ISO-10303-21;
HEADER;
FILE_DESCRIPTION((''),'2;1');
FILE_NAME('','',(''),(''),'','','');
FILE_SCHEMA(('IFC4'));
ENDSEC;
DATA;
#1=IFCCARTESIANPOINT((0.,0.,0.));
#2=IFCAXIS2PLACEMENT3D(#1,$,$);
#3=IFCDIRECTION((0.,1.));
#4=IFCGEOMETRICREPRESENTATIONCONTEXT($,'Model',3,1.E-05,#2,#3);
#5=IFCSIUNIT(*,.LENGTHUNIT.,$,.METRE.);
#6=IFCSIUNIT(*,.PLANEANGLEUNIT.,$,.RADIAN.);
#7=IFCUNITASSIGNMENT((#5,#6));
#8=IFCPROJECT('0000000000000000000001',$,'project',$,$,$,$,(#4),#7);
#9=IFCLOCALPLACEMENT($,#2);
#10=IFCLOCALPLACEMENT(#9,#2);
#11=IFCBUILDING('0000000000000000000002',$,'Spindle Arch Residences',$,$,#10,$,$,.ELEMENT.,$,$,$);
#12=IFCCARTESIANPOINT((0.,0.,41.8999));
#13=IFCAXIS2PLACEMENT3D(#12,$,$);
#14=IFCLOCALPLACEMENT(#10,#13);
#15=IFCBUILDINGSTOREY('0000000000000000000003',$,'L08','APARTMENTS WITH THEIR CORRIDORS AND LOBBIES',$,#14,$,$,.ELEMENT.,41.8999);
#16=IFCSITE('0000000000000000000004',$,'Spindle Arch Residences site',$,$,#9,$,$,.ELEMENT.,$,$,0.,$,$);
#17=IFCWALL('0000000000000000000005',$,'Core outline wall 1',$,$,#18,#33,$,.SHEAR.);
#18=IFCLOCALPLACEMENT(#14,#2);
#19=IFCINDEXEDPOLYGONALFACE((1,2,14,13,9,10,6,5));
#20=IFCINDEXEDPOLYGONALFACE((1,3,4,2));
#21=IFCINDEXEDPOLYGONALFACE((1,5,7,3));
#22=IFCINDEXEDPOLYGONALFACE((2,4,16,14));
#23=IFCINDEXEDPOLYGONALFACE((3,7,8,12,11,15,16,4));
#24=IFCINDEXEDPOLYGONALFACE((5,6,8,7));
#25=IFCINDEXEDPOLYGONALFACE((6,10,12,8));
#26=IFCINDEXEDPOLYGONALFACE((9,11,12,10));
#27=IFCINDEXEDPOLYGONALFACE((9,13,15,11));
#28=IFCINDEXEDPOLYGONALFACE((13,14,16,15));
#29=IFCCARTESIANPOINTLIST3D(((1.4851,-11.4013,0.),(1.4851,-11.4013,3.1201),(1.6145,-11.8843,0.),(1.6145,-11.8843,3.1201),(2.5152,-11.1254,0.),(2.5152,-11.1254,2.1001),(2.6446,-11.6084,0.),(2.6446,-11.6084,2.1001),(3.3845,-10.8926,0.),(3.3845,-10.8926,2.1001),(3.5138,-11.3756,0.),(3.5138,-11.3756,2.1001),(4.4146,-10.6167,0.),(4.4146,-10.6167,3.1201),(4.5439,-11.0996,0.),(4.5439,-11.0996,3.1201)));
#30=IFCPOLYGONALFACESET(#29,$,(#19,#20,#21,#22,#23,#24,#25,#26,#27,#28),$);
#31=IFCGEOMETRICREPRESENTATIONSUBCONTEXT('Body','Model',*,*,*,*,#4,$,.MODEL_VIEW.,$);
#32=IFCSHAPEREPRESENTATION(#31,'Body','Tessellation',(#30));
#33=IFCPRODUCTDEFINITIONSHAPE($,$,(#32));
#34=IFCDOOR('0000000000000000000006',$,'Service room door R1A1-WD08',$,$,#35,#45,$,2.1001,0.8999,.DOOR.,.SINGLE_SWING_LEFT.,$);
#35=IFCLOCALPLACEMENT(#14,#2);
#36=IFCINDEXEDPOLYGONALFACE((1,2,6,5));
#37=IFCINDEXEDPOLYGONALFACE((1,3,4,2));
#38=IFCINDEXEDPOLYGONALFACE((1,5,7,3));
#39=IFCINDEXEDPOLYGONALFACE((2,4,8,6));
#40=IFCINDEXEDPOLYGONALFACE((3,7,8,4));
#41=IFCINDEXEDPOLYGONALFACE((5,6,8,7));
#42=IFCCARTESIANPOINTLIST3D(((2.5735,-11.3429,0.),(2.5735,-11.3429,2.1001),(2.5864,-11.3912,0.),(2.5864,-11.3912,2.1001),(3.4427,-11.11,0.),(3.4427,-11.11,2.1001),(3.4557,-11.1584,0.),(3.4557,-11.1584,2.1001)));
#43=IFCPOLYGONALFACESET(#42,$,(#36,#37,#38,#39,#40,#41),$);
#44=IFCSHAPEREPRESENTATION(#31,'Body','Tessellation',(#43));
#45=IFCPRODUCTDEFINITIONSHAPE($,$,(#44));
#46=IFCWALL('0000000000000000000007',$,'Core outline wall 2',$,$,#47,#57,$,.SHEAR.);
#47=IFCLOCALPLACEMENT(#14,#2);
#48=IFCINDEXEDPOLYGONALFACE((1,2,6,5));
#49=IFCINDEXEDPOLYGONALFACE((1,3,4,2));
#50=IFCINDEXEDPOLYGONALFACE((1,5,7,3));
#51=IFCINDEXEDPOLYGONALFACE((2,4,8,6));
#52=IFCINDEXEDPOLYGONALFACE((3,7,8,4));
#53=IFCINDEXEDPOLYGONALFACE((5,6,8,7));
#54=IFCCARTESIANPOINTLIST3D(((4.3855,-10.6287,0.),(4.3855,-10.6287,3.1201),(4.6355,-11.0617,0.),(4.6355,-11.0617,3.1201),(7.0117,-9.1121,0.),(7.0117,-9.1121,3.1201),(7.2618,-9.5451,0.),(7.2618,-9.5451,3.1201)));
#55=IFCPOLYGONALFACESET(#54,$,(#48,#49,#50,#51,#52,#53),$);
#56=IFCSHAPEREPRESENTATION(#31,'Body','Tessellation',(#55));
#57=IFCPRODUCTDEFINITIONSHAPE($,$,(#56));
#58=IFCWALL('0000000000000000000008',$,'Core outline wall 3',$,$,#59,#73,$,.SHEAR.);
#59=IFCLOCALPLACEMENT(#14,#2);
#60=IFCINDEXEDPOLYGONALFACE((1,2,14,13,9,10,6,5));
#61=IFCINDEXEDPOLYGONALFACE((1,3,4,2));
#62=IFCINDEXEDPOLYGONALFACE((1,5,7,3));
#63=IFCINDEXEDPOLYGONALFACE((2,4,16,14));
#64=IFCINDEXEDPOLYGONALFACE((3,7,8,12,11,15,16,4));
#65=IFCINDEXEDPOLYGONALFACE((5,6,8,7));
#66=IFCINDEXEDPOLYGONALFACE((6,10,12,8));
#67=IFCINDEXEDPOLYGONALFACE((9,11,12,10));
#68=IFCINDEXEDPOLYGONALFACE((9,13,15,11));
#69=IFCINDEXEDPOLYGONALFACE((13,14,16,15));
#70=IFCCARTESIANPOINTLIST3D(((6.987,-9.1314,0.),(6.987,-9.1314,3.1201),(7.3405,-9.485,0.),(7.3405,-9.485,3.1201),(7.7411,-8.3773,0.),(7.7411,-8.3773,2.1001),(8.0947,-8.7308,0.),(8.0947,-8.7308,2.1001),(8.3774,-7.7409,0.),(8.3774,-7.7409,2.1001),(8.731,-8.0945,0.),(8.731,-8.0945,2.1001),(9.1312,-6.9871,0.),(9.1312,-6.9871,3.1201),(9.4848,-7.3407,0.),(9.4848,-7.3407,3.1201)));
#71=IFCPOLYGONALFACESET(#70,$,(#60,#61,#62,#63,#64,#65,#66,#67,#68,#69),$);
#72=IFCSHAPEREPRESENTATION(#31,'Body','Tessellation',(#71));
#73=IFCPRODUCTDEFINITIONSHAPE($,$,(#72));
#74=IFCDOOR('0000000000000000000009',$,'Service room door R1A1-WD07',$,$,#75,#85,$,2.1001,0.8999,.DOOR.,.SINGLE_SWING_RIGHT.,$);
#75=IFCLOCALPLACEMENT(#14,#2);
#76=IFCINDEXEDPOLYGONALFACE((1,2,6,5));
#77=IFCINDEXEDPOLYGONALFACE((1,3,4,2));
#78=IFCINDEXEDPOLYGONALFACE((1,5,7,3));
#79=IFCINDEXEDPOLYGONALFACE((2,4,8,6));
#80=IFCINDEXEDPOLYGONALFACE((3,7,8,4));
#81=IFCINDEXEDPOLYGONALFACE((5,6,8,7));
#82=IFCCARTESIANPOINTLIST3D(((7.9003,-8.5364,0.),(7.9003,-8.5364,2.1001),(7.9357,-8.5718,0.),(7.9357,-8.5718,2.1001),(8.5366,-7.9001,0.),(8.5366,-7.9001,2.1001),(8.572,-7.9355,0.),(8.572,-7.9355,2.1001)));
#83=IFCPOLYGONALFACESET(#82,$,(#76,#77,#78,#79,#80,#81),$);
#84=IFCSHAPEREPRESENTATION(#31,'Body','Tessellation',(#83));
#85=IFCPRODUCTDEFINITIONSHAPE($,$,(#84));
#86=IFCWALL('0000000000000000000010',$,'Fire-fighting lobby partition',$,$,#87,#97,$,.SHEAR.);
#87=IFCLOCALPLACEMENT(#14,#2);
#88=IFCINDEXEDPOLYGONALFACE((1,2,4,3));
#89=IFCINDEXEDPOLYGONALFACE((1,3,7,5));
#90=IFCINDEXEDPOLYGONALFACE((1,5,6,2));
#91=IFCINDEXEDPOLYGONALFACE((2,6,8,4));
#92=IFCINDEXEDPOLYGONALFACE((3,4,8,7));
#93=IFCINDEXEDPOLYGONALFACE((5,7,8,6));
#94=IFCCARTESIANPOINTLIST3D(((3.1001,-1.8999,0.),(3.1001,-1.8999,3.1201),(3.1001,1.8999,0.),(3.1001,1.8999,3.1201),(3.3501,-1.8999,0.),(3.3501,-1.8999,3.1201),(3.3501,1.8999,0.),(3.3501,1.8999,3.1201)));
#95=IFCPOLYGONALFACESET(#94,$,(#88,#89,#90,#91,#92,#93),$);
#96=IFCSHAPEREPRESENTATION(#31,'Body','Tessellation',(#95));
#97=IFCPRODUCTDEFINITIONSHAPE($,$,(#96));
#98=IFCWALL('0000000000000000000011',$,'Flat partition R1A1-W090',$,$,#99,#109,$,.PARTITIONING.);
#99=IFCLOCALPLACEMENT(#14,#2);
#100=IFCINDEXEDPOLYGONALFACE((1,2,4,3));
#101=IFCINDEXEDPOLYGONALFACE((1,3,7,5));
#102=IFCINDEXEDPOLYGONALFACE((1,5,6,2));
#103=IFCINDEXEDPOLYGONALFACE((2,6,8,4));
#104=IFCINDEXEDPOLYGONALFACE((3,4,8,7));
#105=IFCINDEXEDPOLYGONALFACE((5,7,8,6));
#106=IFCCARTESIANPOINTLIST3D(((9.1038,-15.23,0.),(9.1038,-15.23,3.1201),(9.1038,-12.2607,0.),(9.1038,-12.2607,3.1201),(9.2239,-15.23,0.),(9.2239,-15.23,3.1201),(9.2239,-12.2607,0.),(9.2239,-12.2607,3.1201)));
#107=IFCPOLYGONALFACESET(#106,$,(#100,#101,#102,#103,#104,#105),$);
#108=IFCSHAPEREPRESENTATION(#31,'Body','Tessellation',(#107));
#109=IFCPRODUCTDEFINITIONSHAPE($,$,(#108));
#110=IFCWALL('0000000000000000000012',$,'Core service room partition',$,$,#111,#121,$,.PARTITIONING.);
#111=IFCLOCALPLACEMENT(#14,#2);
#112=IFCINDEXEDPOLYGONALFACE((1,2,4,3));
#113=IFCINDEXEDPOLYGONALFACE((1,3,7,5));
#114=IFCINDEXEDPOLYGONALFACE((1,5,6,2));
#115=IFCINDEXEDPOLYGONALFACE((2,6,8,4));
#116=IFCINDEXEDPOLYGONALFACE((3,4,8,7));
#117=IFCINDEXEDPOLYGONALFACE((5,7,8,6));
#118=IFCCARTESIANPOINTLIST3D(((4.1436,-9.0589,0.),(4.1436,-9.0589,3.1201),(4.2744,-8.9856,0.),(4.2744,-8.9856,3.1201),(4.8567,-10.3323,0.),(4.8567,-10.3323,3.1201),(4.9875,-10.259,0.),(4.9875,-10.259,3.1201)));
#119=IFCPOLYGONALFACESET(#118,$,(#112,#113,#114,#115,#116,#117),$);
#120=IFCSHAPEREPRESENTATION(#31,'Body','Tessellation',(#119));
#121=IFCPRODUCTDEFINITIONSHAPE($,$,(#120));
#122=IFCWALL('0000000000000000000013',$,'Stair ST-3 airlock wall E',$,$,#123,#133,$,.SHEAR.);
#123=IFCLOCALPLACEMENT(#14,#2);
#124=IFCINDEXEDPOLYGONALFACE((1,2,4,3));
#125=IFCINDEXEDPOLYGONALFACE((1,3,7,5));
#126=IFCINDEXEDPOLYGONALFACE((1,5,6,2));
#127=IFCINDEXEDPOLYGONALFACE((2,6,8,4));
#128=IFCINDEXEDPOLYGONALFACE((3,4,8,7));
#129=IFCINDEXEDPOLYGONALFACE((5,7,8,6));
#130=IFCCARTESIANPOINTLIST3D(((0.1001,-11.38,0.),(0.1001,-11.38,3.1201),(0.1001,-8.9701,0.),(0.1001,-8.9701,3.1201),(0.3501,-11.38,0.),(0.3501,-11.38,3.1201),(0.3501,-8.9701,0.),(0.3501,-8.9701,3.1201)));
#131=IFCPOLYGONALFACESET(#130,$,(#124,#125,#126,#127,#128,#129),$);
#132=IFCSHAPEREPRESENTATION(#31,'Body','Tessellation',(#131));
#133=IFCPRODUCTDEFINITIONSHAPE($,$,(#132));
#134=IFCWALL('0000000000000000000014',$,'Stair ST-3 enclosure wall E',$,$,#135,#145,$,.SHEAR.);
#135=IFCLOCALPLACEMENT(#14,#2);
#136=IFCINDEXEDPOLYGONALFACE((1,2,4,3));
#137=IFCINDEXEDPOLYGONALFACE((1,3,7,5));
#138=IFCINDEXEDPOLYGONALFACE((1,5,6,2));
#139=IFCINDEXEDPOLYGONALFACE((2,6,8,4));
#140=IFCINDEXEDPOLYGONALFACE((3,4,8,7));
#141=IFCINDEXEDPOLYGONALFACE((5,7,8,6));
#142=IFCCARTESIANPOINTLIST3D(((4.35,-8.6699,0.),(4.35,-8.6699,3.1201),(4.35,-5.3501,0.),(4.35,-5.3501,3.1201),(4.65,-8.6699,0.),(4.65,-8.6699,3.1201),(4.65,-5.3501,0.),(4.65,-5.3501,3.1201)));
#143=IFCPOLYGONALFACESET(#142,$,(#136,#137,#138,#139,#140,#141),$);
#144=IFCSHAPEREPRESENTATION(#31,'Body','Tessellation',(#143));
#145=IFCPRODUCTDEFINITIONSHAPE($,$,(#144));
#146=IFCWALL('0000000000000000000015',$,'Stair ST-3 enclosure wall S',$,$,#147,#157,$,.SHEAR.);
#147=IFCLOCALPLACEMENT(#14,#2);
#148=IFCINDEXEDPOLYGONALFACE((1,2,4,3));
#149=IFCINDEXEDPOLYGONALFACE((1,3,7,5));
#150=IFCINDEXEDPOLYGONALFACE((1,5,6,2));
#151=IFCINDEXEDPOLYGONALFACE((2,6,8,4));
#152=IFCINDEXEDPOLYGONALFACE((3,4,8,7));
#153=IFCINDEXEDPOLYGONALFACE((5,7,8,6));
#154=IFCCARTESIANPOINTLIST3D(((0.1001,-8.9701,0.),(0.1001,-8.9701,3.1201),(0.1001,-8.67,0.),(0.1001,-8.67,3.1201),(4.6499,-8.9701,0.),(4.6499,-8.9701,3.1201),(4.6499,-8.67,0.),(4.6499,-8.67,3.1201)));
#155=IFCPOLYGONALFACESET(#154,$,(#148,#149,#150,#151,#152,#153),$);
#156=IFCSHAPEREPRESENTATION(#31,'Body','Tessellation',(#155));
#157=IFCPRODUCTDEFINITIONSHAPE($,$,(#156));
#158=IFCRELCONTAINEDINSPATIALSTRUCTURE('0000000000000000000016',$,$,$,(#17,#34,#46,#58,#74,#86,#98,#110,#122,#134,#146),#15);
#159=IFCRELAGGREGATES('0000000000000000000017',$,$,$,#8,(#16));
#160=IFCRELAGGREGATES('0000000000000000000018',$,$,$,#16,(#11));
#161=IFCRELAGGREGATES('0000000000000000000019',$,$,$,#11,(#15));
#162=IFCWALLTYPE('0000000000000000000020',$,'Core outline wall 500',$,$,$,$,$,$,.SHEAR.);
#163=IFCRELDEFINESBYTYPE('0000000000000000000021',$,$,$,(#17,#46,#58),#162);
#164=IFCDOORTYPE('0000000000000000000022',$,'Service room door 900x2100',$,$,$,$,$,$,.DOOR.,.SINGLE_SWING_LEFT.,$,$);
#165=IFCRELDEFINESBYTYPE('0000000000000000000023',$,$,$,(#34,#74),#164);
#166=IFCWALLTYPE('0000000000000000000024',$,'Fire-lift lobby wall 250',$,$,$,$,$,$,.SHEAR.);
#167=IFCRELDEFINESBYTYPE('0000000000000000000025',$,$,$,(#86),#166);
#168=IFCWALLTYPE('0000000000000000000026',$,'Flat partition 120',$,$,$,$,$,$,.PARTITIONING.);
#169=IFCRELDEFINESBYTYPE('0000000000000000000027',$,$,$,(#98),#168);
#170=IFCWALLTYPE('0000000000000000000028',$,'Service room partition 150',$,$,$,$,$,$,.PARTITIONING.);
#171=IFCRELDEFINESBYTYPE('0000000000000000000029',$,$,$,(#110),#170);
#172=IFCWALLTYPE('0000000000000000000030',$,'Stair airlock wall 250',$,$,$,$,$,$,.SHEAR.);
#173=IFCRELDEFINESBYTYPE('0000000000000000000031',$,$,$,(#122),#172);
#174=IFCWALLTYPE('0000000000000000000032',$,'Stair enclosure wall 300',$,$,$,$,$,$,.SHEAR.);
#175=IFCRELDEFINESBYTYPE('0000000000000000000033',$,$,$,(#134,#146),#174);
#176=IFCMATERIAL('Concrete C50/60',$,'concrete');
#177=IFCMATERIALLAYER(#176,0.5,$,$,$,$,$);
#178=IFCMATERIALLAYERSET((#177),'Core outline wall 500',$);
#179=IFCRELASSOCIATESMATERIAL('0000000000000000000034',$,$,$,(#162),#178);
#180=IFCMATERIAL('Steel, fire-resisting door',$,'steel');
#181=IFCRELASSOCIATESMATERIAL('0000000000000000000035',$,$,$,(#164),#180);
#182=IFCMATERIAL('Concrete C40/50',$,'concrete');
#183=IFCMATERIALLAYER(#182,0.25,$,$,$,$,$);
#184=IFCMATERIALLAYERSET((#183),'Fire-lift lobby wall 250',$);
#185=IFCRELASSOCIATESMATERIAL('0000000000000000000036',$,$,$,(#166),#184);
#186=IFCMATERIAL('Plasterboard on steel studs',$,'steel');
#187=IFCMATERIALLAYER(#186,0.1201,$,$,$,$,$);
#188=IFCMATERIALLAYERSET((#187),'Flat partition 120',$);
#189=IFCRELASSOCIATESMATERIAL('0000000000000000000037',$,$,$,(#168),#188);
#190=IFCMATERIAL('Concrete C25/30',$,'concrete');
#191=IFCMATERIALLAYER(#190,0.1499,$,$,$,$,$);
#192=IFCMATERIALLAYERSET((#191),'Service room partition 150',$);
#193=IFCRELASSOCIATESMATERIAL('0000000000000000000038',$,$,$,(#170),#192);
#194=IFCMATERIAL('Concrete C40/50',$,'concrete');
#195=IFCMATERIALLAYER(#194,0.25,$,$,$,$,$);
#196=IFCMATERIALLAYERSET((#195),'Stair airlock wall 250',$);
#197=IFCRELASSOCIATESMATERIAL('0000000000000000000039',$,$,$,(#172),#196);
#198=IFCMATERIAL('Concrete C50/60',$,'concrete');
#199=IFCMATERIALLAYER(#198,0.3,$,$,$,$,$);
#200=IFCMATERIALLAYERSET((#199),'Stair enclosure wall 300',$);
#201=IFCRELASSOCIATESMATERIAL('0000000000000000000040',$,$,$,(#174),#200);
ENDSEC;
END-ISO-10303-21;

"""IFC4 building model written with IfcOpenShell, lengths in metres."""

from ifc_helpers import new_model, si_unit, direction, frame, frame_2d, origin, place, context, subcontext, project, spatial, rectangle, extrude, material, layer, layer_set, type_object, element, fill, save


model = new_model("IFC4")

# Units and contexts
model_context = context("Model", 3, precision=1e-05, world=origin(), true_north=direction((0.0, 1.0)))
body_context = subcontext(model_context, "Body", "Model", "MODEL_VIEW")
ifc_project = project(units=[si_unit("LENGTHUNIT", "METRE"), si_unit("PLANEANGLEUNIT", "RADIAN")], contexts=[model_context])

# Site, building, storey
site_placement = place(None, origin())
site = spatial("IfcSite", under=ifc_project, at=site_placement, Name="Spindle Arch Residences site", CompositionType="ELEMENT", RefElevation=0.0)
building_placement = place(site_placement, origin())
building = spatial("IfcBuilding", under=site, at=building_placement, Name="Spindle Arch Residences", CompositionType="ELEMENT")
storey_placement = place(building_placement, frame((0.0, 0.0, 41.8999)))
storey = spatial("IfcBuildingStorey", under=building, at=storey_placement, Name="L08", Description="APARTMENTS WITH THEIR CORRIDORS AND LOBBIES", CompositionType="ELEMENT", Elevation=41.8999)

# Wall, opening, door
ifc_material_1 = material(Name="Concrete C50/60", Category="concrete")
ifc_layer_1 = layer(ifc_material_1, 0.5)
ifc_layer_set_1 = layer_set([ifc_layer_1], Name="Core outline wall 500")
wall_type_1 = type_object("IfcWallType", Name="Core outline wall 500", PredefinedType="SHEAR", material=ifc_layer_set_1)
wall_1_placement = place(storey_placement, frame((1.5498, -11.6428, 0.0), z_axis=(0.0, 0.0, 1.0), x_axis=(0.965948, 0.258735, 0.0)))
wall_1 = element("IfcWall", 1, at=wall_1_placement, inside=storey, type_object=wall_type_1, Name="Core outline wall 1", PredefinedType="SHEAR", context=body_context, shape_type="SweptSolid", body=[
    extrude(rectangle(XDim=3.0327, YDim=0.5, at=frame_2d((1.5164, 0.0))), origin(), (0.0, 0.0, 1.0), 3.1201),
])
opening_1_placement = place(wall_1_placement, frame((1.0664, 0.0, 0.0)))
opening_1 = element("IfcOpeningElement", 2, at=opening_1_placement, cuts=wall_1, PredefinedType="OPENING", context=body_context, shape_type="SweptSolid", body=[
    extrude(rectangle(XDim=0.8999, YDim=2.1001, at=frame_2d((0.45, 1.05))), frame((0.0, 0.26, 0.0), z_axis=(0.0, -1.0, 0.0), x_axis=(1.0, 0.0, 0.0)), (0.0, 0.0, 1.0), 0.52),
])
ifc_material_2 = material(Name="Steel, fire-resisting door", Category="steel")
door_type_1 = type_object("IfcDoorType", Name="Service room door 900x2100", OperationType="SINGLE_SWING_LEFT", PredefinedType="DOOR", material=ifc_material_2)
door_1_placement = place(opening_1_placement, origin())
door_1 = element("IfcDoor", 3, at=door_1_placement, inside=storey, type_object=door_type_1, Name="Service room door R1A1-WD08", OperationType="SINGLE_SWING_LEFT", OverallHeight=2.1001, OverallWidth=0.8999, PredefinedType="DOOR", context=body_context, shape_type="SweptSolid", body=[
    extrude(rectangle(XDim=0.8999, YDim=2.1001, at=frame_2d((0.45, 1.05))), frame((0.0, 0.0249, 0.0), z_axis=(0.0, -1.0, 0.0), x_axis=(1.0, 0.0, 0.0)), (0.0, 0.0, 1.0), 0.05),
])
fill(opening_1, door_1)

# Wall
wall_2_placement = place(storey_placement, frame((4.5105, -10.8452, 0.0), z_axis=(0.0, 0.0, 1.0), x_axis=(0.865975, 0.500087, 0.0)))
element("IfcWall", 4, at=wall_2_placement, inside=storey, type_object=wall_type_1, Name="Core outline wall 2", PredefinedType="SHEAR", context=body_context, shape_type="SweptSolid", body=[
    extrude(rectangle(XDim=3.0327, YDim=0.5, at=frame_2d((1.5164, 0.0))), origin(), (0.0, 0.0, 1.0), 3.1201),
])

# Wall, opening, door
wall_3_placement = place(storey_placement, frame((7.1638, -9.3081, 0.0), z_axis=(0.0, 0.0, 1.0), x_axis=(0.707107, 0.707107, 0.0)))
wall_3 = element("IfcWall", 5, at=wall_3_placement, inside=storey, type_object=wall_type_1, Name="Core outline wall 3", PredefinedType="SHEAR", context=body_context, shape_type="SweptSolid", body=[
    extrude(rectangle(XDim=3.0325, YDim=0.5, at=frame_2d((1.5161, 0.0))), origin(), (0.0, 0.0, 1.0), 3.1201),
])
opening_2_placement = place(wall_3_placement, frame((1.0664, 0.0, 0.0)))
opening_2 = element("IfcOpeningElement", 6, at=opening_2_placement, cuts=wall_3, PredefinedType="OPENING", context=body_context, shape_type="SweptSolid", body=[
    extrude(rectangle(XDim=0.8999, YDim=2.1001, at=frame_2d((0.45, 1.05))), frame((0.0, 0.26, 0.0), z_axis=(0.0, -1.0, 0.0), x_axis=(1.0, 0.0, 0.0)), (0.0, 0.0, 1.0), 0.52),
])
door_2_placement = place(opening_2_placement, origin())
door_2 = element("IfcDoor", 7, at=door_2_placement, inside=storey, type_object=door_type_1, Name="Service room door R1A1-WD07", OperationType="SINGLE_SWING_RIGHT", OverallHeight=2.1001, OverallWidth=0.8999, PredefinedType="DOOR", context=body_context, shape_type="SweptSolid", body=[
    extrude(rectangle(XDim=0.8999, YDim=2.1001, at=frame_2d((0.45, 1.05))), frame((0.0, 0.0249, 0.0), z_axis=(0.0, -1.0, 0.0), x_axis=(1.0, 0.0, 0.0)), (0.0, 0.0, 1.0), 0.05),
])
fill(opening_2, door_2)

# Wall
ifc_material_3 = material(Name="Concrete C40/50", Category="concrete")
ifc_layer_2 = layer(ifc_material_3, 0.25)
ifc_layer_set_2 = layer_set([ifc_layer_2], Name="Fire-lift lobby wall 250")
wall_type_2 = type_object("IfcWallType", Name="Fire-lift lobby wall 250", PredefinedType="SHEAR", material=ifc_layer_set_2)
wall_4_placement = place(storey_placement, frame((3.2251, -1.8999, 0.0), z_axis=(0.0, 0.0, 1.0), x_axis=(0.0, 1.0, 0.0)))
element("IfcWall", 8, at=wall_4_placement, inside=storey, type_object=wall_type_2, Name="Fire-fighting lobby partition", PredefinedType="SHEAR", context=body_context, shape_type="SweptSolid", body=[
    extrude(rectangle(XDim=3.7998, YDim=0.25, at=frame_2d((1.8999, 0.0))), origin(), (0.0, 0.0, 1.0), 3.1201),
])

# Walls
ifc_material_4 = material(Name="Plasterboard on steel studs", Category="steel")
ifc_layer_3 = layer(ifc_material_4, 0.1201)
ifc_layer_set_3 = layer_set([ifc_layer_3], Name="Flat partition 120")
wall_type_3 = type_object("IfcWallType", Name="Flat partition 120", PredefinedType="PARTITIONING", material=ifc_layer_set_3)
wall_5_placement = place(storey_placement, frame((9.1638, -12.2607, 0.0), z_axis=(0.0, 0.0, 1.0), x_axis=(0.0, -1.0, 0.0)))
element("IfcWall", 9, at=wall_5_placement, inside=storey, type_object=wall_type_3, Name="Flat partition R1A1-W090", PredefinedType="PARTITIONING", context=body_context, shape_type="SweptSolid", body=[
    extrude(rectangle(XDim=2.9692, YDim=0.1201, at=frame_2d((1.4846, 0.0))), origin(), (0.0, 0.0, 1.0), 3.1201),
])
ifc_material_5 = material(Name="Concrete C25/30", Category="concrete")
ifc_layer_4 = layer(ifc_material_5, 0.1499)
ifc_layer_set_4 = layer_set([ifc_layer_4], Name="Service room partition 150")
wall_type_4 = type_object("IfcWallType", Name="Service room partition 150", PredefinedType="PARTITIONING", material=ifc_layer_set_4)
wall_6_placement = place(storey_placement, frame((4.9221, -10.2957, 0.0), z_axis=(0.0, 0.0, 1.0), x_axis=(-0.488608, 0.872503, 0.0)))
element("IfcWall", 10, at=wall_6_placement, inside=storey, type_object=wall_type_4, Name="Core service room partition", PredefinedType="PARTITIONING", context=body_context, shape_type="SweptSolid", body=[
    extrude(rectangle(XDim=1.4595, YDim=0.1499, at=frame_2d((0.7297, 0.0))), origin(), (0.0, 0.0, 1.0), 3.1201),
])
ifc_material_6 = material(Name="Concrete C40/50", Category="concrete")
ifc_layer_5 = layer(ifc_material_6, 0.25)
ifc_layer_set_5 = layer_set([ifc_layer_5], Name="Stair airlock wall 250")
wall_type_5 = type_object("IfcWallType", Name="Stair airlock wall 250", PredefinedType="SHEAR", material=ifc_layer_set_5)
wall_7_placement = place(storey_placement, frame((0.2251, -8.97, 0.0), z_axis=(0.0, 0.0, 1.0), x_axis=(0.0, -1.0, 0.0)))
element("IfcWall", 11, at=wall_7_placement, inside=storey, type_object=wall_type_5, Name="Stair ST-3 airlock wall E", PredefinedType="SHEAR", context=body_context, shape_type="SweptSolid", body=[
    extrude(rectangle(XDim=2.4099, YDim=0.25, at=frame_2d((1.2051, 0.0))), origin(), (0.0, 0.0, 1.0), 3.1201),
])
ifc_material_7 = material(Name="Concrete C50/60", Category="concrete")
ifc_layer_6 = layer(ifc_material_7, 0.3)
ifc_layer_set_6 = layer_set([ifc_layer_6], Name="Stair enclosure wall 300")
wall_type_6 = type_object("IfcWallType", Name="Stair enclosure wall 300", PredefinedType="SHEAR", material=ifc_layer_set_6)
wall_8_placement = place(storey_placement, frame((4.5, -8.6699, 0.0), z_axis=(0.0, 0.0, 1.0), x_axis=(0.0, 1.0, 0.0)))
element("IfcWall", 12, at=wall_8_placement, inside=storey, type_object=wall_type_6, Name="Stair ST-3 enclosure wall E", PredefinedType="SHEAR", context=body_context, shape_type="SweptSolid", body=[
    extrude(rectangle(XDim=3.3198, YDim=0.3, at=frame_2d((1.6599, 0.0))), origin(), (0.0, 0.0, 1.0), 3.1201),
])
wall_9_placement = place(storey_placement, frame((0.1001, -8.8201, 0.0), z_axis=(0.0, 0.0, 1.0), x_axis=(1.0, 0.0, 0.0)))
element("IfcWall", 13, at=wall_9_placement, inside=storey, type_object=wall_type_6, Name="Stair ST-3 enclosure wall S", PredefinedType="SHEAR", context=body_context, shape_type="SweptSolid", body=[
    extrude(rectangle(XDim=4.5498, YDim=0.3, at=frame_2d((2.2749, 0.0))), origin(), (0.0, 0.0, 1.0), 3.1201),
])

save(model, "model.ifc")
